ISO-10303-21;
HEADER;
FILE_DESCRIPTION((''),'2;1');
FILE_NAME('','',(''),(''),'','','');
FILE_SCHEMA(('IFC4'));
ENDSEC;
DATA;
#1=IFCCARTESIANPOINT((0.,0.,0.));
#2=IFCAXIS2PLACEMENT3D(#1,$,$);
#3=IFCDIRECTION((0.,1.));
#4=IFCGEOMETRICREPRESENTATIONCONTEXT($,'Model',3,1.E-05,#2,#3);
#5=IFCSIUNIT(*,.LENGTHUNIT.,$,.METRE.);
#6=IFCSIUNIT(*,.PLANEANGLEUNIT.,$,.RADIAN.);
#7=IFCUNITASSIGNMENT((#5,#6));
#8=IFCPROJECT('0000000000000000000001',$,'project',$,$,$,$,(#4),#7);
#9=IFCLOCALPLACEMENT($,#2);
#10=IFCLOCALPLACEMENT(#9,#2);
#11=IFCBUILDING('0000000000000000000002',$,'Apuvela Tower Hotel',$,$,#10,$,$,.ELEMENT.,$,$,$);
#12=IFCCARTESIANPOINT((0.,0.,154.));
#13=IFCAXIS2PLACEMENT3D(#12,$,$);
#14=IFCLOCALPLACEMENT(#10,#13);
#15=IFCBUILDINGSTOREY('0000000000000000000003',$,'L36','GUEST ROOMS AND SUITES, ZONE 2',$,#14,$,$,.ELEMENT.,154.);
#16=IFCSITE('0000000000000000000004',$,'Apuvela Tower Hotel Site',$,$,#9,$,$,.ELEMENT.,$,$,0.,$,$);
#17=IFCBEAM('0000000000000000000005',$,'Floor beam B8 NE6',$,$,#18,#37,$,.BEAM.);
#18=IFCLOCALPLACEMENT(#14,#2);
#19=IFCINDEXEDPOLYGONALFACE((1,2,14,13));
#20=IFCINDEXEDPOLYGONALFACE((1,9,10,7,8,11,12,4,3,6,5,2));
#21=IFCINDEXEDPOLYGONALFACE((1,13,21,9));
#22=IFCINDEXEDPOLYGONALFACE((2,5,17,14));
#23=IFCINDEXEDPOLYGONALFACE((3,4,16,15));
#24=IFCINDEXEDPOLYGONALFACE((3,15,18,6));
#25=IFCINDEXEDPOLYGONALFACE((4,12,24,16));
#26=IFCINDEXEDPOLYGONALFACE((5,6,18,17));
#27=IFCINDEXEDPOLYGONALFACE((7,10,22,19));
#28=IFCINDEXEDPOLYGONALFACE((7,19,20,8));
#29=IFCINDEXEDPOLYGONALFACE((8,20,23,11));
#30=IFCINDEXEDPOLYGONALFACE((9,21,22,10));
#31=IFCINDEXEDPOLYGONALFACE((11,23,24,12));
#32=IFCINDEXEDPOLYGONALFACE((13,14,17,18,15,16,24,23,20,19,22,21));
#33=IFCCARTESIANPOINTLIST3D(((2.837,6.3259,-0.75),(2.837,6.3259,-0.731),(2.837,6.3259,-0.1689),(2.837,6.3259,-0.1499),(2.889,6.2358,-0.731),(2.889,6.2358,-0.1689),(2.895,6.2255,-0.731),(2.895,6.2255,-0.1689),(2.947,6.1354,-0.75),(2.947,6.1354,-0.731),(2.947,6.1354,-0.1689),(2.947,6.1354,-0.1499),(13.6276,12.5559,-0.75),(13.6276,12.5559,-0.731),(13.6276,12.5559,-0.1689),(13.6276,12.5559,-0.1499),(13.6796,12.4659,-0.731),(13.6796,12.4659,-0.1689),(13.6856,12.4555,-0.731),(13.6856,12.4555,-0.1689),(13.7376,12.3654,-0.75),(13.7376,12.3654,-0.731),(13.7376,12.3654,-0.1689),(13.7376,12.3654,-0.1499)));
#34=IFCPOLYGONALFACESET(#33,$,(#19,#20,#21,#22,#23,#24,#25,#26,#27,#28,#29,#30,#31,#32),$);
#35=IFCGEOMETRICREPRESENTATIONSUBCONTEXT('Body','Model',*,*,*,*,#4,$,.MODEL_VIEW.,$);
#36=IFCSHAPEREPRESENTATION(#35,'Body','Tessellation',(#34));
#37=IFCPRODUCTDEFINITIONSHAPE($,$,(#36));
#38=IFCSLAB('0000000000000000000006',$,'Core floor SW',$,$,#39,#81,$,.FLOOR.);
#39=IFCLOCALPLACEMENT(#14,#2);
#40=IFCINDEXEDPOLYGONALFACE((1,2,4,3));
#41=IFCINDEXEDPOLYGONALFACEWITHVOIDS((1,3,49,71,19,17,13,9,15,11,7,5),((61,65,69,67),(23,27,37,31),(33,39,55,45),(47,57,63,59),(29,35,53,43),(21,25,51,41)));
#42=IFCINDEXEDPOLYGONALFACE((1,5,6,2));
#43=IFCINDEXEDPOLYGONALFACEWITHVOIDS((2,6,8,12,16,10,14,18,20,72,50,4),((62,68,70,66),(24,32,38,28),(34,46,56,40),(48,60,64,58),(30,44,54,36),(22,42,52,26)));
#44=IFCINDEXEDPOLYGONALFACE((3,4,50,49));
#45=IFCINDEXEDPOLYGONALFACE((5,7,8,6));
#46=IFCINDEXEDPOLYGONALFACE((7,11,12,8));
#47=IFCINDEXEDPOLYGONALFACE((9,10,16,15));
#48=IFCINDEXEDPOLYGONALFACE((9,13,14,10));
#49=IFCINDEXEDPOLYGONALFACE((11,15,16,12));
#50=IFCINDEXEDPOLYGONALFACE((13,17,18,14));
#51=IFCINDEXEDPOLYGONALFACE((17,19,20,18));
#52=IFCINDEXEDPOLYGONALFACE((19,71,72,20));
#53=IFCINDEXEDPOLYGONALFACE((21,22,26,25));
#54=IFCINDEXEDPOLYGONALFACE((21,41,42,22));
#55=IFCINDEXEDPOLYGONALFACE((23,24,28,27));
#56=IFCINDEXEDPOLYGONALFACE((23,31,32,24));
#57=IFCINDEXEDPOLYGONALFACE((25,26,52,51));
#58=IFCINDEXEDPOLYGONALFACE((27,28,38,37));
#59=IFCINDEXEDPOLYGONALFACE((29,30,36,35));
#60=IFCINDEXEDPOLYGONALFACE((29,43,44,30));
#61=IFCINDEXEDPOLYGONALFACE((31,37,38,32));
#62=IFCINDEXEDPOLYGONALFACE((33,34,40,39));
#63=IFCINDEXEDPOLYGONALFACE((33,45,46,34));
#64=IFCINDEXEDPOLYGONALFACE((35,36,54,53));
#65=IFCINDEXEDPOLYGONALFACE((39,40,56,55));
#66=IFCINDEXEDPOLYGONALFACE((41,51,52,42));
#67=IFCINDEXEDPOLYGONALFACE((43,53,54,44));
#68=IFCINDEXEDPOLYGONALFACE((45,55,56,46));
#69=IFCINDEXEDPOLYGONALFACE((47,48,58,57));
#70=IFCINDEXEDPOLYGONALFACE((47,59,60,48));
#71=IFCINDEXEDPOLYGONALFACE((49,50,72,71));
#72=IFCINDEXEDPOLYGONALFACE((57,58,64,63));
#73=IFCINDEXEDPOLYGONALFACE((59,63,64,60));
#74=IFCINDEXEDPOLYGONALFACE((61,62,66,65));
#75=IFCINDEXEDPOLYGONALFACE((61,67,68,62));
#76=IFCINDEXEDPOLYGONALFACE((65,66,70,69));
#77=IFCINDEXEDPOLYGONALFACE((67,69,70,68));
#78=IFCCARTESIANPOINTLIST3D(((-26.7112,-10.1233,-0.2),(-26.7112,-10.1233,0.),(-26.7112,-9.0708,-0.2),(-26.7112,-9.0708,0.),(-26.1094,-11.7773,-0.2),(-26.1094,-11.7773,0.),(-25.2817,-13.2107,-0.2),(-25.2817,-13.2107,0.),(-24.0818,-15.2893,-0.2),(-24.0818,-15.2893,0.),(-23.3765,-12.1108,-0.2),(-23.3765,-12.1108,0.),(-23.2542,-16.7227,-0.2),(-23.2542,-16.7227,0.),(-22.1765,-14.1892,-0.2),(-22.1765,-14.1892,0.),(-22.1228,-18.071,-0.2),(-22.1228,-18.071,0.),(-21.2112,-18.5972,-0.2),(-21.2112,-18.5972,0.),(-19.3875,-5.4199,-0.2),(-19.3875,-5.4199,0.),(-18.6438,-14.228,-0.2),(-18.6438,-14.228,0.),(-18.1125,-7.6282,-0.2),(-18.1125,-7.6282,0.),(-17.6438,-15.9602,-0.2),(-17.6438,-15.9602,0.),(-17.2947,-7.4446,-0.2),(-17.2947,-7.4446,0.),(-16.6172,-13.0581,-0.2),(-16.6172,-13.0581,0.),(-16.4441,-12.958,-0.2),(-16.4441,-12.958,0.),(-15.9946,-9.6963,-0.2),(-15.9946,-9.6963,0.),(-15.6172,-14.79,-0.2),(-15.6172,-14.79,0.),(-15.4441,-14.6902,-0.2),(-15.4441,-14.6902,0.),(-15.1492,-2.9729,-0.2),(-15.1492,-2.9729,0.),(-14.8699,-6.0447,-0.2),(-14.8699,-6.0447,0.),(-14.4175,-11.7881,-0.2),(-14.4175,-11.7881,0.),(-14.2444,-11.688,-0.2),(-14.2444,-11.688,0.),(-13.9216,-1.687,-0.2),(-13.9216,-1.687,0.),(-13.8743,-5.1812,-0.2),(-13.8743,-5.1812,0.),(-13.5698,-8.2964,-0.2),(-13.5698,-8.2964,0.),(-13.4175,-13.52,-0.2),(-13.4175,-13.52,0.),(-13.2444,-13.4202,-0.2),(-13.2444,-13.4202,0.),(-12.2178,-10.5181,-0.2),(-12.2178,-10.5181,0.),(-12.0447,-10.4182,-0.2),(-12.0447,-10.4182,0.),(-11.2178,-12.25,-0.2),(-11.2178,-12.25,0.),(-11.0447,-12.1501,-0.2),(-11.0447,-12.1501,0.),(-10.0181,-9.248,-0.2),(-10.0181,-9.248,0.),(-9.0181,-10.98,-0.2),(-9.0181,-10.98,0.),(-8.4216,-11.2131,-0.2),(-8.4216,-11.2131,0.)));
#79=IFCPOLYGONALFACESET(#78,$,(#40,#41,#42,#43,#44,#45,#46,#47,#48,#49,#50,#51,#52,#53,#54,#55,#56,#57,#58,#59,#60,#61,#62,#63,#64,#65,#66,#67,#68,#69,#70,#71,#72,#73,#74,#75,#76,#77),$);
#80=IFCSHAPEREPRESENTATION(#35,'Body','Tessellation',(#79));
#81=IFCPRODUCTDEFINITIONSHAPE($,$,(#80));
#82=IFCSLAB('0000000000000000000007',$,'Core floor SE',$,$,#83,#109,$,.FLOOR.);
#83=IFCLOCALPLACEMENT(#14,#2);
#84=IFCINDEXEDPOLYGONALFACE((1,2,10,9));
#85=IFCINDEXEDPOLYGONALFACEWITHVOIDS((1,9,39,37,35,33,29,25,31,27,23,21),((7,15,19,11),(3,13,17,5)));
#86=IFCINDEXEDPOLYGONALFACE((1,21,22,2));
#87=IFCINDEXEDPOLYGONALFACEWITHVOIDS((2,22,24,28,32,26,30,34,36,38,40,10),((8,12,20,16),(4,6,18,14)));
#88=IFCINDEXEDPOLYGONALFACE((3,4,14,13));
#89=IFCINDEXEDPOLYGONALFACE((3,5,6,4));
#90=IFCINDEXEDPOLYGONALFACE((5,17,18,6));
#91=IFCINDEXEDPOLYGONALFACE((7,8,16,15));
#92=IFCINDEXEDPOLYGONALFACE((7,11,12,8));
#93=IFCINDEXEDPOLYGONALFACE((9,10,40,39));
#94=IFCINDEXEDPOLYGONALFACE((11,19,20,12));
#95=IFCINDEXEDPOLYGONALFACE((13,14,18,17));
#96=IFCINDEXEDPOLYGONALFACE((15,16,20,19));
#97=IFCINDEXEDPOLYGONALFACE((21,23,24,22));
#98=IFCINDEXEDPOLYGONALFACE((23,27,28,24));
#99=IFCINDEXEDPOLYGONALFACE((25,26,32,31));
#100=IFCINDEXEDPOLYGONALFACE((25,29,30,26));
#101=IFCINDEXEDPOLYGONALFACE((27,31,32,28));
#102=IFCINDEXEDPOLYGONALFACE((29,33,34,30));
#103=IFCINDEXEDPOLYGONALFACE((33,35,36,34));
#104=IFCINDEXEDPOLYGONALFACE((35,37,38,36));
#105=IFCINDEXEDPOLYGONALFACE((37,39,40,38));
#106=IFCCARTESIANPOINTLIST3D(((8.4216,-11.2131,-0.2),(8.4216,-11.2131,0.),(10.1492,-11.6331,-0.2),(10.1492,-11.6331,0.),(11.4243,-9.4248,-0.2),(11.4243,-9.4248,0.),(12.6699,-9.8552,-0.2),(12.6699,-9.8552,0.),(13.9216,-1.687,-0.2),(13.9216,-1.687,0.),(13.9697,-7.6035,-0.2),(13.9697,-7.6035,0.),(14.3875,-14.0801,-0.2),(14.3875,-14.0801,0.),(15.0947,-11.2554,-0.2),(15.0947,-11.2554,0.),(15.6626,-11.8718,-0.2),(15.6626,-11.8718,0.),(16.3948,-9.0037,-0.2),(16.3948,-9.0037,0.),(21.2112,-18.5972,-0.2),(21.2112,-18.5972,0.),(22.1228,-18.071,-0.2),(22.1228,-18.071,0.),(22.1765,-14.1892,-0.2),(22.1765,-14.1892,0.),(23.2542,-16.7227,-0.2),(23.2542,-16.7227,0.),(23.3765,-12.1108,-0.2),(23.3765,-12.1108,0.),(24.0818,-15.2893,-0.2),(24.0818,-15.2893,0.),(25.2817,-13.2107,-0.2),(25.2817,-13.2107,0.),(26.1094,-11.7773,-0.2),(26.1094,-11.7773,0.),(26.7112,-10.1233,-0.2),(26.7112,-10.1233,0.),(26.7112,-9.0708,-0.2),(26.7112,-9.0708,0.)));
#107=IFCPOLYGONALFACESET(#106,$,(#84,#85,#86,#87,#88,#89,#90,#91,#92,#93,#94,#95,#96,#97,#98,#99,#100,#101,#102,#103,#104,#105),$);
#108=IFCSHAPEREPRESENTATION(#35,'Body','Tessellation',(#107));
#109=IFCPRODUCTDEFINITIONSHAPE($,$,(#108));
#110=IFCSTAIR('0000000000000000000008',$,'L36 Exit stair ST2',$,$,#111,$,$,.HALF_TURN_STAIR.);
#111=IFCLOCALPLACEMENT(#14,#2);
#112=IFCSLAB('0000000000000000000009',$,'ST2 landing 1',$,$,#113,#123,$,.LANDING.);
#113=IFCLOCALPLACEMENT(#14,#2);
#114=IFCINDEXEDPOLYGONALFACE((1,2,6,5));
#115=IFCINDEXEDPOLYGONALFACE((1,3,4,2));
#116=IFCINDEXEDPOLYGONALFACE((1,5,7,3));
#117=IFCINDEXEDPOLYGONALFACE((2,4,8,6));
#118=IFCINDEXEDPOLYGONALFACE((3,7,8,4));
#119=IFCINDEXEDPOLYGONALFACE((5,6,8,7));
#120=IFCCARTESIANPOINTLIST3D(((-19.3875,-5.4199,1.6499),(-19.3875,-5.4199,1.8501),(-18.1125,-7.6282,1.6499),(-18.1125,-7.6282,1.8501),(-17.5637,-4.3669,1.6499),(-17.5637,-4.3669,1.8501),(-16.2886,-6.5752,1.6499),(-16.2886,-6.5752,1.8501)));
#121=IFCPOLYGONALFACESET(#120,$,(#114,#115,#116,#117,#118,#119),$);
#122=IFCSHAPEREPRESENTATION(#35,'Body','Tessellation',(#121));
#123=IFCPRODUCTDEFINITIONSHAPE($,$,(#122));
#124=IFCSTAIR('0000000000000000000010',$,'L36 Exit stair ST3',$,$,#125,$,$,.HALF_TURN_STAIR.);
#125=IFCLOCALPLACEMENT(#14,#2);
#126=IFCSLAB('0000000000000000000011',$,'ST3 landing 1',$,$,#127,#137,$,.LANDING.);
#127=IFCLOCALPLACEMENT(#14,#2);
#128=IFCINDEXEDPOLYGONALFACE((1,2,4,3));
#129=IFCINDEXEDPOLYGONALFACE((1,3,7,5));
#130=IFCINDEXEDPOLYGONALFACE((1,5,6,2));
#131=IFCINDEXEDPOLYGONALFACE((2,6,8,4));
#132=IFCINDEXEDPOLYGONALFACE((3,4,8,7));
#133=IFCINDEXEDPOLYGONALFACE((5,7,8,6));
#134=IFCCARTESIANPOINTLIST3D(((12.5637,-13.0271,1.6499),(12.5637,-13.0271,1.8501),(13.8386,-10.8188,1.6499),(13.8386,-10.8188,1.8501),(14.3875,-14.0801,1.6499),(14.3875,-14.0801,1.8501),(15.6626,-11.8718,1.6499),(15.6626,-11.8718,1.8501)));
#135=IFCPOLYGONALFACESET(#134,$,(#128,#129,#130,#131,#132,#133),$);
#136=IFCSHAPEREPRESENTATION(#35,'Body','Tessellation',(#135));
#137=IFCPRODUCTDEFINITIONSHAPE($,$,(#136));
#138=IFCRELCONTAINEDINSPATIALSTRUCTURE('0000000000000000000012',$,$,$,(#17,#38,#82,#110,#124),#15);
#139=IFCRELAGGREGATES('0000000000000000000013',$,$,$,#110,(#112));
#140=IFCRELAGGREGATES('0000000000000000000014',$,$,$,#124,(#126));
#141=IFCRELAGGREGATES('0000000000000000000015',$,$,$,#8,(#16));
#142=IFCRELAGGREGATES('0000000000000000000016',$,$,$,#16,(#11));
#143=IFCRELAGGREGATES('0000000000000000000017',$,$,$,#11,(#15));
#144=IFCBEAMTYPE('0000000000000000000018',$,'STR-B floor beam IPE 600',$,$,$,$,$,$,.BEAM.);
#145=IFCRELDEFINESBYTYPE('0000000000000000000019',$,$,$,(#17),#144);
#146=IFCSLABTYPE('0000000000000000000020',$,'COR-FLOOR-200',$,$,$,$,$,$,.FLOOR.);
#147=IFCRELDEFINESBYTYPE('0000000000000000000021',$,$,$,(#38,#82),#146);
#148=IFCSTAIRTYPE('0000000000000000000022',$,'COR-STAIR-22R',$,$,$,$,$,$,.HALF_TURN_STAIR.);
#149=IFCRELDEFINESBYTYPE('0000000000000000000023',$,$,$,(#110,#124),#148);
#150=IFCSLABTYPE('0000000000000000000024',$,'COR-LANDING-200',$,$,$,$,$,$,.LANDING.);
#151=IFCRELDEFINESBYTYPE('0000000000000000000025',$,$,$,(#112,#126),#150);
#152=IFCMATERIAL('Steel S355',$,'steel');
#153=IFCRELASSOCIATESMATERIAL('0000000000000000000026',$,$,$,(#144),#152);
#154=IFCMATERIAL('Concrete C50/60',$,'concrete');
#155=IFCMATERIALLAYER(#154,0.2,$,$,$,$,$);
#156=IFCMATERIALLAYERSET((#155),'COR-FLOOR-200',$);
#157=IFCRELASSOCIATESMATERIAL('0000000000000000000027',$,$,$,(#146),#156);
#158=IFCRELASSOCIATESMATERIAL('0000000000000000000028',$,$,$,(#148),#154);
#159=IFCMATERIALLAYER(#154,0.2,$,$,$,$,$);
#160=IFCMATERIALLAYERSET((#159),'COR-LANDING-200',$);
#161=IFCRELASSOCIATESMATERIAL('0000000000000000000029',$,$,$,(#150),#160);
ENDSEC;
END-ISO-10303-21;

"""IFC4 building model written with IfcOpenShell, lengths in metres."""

from ifc_helpers import new_model, si_unit, direction, frame, origin, origin_2d, place, context, subcontext, project, spatial, polyline, i_section, outline, extrude, material, layer, layer_set, material_profile, profile_set, type_object, element, aggregate, save


model = new_model("IFC4")

# Units and contexts
model_context = context("Model", 3, precision=1e-05, world=origin(), true_north=direction((0.0, 1.0)))
body_context = subcontext(model_context, "Body", "Model", "MODEL_VIEW")
ifc_project = project(units=[si_unit("LENGTHUNIT", "METRE"), si_unit("PLANEANGLEUNIT", "RADIAN")], contexts=[model_context])

# Site, building, storey
site_placement = place(None, origin())
site = spatial("IfcSite", under=ifc_project, at=site_placement, Name="Apuvela Tower Hotel Site", CompositionType="ELEMENT", RefElevation=0.0)
building_placement = place(site_placement, origin())
building = spatial("IfcBuilding", under=site, at=building_placement, Name="Apuvela Tower Hotel", CompositionType="ELEMENT")
storey_placement = place(building_placement, frame((0.0, 0.0, 154.0)))
storey = spatial("IfcBuildingStorey", under=building, at=storey_placement, Name="L36", Description="GUEST ROOMS AND SUITES, ZONE 2", CompositionType="ELEMENT", Elevation=154.0)

# Beam
ifc_material_1 = material(Name="Steel S355", Category="steel")
ifc_material_profile = material_profile(ifc_material_1, i_section(OverallWidth=0.22, OverallDepth=0.6001, WebThickness=0.012, FlangeThickness=0.019, at=origin_2d()), Name="IPE 600")
ifc_profile_set = profile_set([ifc_material_profile], Name="Steel S355")
beam_type = type_object("IfcBeamType", Name="STR-B floor beam IPE 600", PredefinedType="BEAM", material=ifc_profile_set)
beam_placement = place(storey_placement, frame((13.6826, 12.4607, -0.45), z_axis=(-0.866023, -0.500004, 0.0), x_axis=(0.500004, -0.866023, 0.0)))
element("IfcBeam", 1, at=beam_placement, inside=storey, type_object=beam_type, Name="Floor beam B8 NE6", PredefinedType="BEAM", context=body_context, shape_type="SweptSolid", body=[
    extrude(i_section(OverallWidth=0.22, OverallDepth=0.6001, WebThickness=0.012, FlangeThickness=0.019, at=origin_2d()), origin(), (0.0, 0.0, 1.0), 12.46),
])

# Slabs
ifc_material_2 = material(Name="Concrete C50/60", Category="concrete")
ifc_layer_1 = layer(ifc_material_2, 0.2)
ifc_layer_set_1 = layer_set([ifc_layer_1], Name="COR-FLOOR-200")
slab_type_1 = type_object("IfcSlabType", Name="COR-FLOOR-200", PredefinedType="FLOOR", material=ifc_layer_set_1)
slab_1_placement = place(storey_placement, frame((0.0, 0.0, -0.2)))
element("IfcSlab", 2, at=slab_1_placement, inside=storey, type_object=slab_type_1, Name="Core floor SW", PredefinedType="FLOOR", context=body_context, shape_type="SweptSolid", body=[
    extrude(outline(polyline([(-26.7112, -9.0708), (-26.7112, -10.1233), (-26.1094, -11.7773), (-25.2817, -13.2107), (-23.3765, -12.1108), (-22.1765, -14.1892), (-24.0818, -15.2893), (-23.2542, -16.7227), (-22.1228, -18.071), (-21.2112, -18.5972), (-8.4216, -11.2131), (-13.9216, -1.687), (-26.7112, -9.0708)]), holes=[polyline([(-10.0181, -9.248), (-9.0181, -10.98), (-11.0447, -12.1501), (-12.0447, -10.4182), (-10.0181, -9.248)]), polyline([(-14.2444, -11.688), (-12.2178, -10.5181), (-11.2178, -12.25), (-13.2444, -13.4202), (-14.2444, -11.688)]), polyline([(-19.3875, -5.4199), (-15.1492, -2.9729), (-13.8743, -5.1812), (-18.1125, -7.6282), (-19.3875, -5.4199)]), polyline([(-14.8699, -6.0447), (-13.5698, -8.2964), (-15.9946, -9.6963), (-17.2947, -7.4446), (-14.8699, -6.0447)]), polyline([(-16.4441, -12.958), (-14.4175, -11.7881), (-13.4175, -13.52), (-15.4441, -14.6902), (-16.4441, -12.958)]), polyline([(-18.6438, -14.228), (-16.6172, -13.0581), (-15.6172, -14.79), (-17.6438, -15.9602), (-18.6438, -14.228)])]), origin(), (0.0, 0.0, 1.0), 0.2),
])
slab_2_placement = place(storey_placement, frame((0.0, 0.0, -0.2)))
element("IfcSlab", 3, at=slab_2_placement, inside=storey, type_object=slab_type_1, Name="Core floor SE", PredefinedType="FLOOR", context=body_context, shape_type="SweptSolid", body=[
    extrude(outline(polyline([(21.2112, -18.5972), (22.1228, -18.071), (23.2542, -16.7227), (24.0818, -15.2893), (22.1765, -14.1892), (23.3765, -12.1108), (25.2817, -13.2107), (26.1094, -11.7773), (26.7112, -10.1233), (26.7112, -9.0708), (13.9216, -1.687), (8.4216, -11.2131), (21.2112, -18.5972)]), holes=[polyline([(11.4243, -9.4248), (15.6626, -11.8718), (14.3875, -14.0801), (10.1492, -11.6331), (11.4243, -9.4248)]), polyline([(13.9697, -7.6035), (16.3948, -9.0037), (15.0947, -11.2554), (12.6699, -9.8552), (13.9697, -7.6035)])]), origin(), (0.0, 0.0, 1.0), 0.2),
])

# Stairs, slabs
stair_type = type_object("IfcStairType", Name="COR-STAIR-22R", PredefinedType="HALF_TURN_STAIR", material=ifc_material_2)
stair_1_placement = place(storey_placement, origin())
stair_1 = element("IfcStair", 4, at=stair_1_placement, inside=storey, type_object=stair_type, Name="L36 Exit stair ST2", PredefinedType="HALF_TURN_STAIR")
ifc_layer_2 = layer(ifc_material_2, 0.2)
ifc_layer_set_2 = layer_set([ifc_layer_2], Name="COR-LANDING-200")
slab_type_2 = type_object("IfcSlabType", Name="COR-LANDING-200", PredefinedType="LANDING", material=ifc_layer_set_2)
slab_3_placement = place(storey_placement, frame((0.0, 0.0, 1.6499)))
slab_3 = element("IfcSlab", 5, at=slab_3_placement, type_object=slab_type_2, Name="ST2 landing 1", PredefinedType="LANDING", context=body_context, shape_type="SweptSolid", body=[
    extrude(outline(polyline([(-17.5637, -4.3669), (-19.3875, -5.4199), (-18.1125, -7.6282), (-16.2886, -6.5752), (-17.5637, -4.3669)])), origin(), (0.0, 0.0, 1.0), 0.2002),
])
aggregate(stair_1, [slab_3])
stair_2_placement = place(storey_placement, origin())
stair_2 = element("IfcStair", 6, at=stair_2_placement, inside=storey, type_object=stair_type, Name="L36 Exit stair ST3", PredefinedType="HALF_TURN_STAIR")
slab_4_placement = place(storey_placement, frame((0.0, 0.0, 1.6499)))
slab_4 = element("IfcSlab", 7, at=slab_4_placement, type_object=slab_type_2, Name="ST3 landing 1", PredefinedType="LANDING", context=body_context, shape_type="SweptSolid", body=[
    extrude(outline(polyline([(12.5637, -13.0271), (14.3875, -14.0801), (15.6626, -11.8718), (13.8386, -10.8188), (12.5637, -13.0271)])), origin(), (0.0, 0.0, 1.0), 0.2002),
])
aggregate(stair_2, [slab_4])

save(model, "model.ifc")
